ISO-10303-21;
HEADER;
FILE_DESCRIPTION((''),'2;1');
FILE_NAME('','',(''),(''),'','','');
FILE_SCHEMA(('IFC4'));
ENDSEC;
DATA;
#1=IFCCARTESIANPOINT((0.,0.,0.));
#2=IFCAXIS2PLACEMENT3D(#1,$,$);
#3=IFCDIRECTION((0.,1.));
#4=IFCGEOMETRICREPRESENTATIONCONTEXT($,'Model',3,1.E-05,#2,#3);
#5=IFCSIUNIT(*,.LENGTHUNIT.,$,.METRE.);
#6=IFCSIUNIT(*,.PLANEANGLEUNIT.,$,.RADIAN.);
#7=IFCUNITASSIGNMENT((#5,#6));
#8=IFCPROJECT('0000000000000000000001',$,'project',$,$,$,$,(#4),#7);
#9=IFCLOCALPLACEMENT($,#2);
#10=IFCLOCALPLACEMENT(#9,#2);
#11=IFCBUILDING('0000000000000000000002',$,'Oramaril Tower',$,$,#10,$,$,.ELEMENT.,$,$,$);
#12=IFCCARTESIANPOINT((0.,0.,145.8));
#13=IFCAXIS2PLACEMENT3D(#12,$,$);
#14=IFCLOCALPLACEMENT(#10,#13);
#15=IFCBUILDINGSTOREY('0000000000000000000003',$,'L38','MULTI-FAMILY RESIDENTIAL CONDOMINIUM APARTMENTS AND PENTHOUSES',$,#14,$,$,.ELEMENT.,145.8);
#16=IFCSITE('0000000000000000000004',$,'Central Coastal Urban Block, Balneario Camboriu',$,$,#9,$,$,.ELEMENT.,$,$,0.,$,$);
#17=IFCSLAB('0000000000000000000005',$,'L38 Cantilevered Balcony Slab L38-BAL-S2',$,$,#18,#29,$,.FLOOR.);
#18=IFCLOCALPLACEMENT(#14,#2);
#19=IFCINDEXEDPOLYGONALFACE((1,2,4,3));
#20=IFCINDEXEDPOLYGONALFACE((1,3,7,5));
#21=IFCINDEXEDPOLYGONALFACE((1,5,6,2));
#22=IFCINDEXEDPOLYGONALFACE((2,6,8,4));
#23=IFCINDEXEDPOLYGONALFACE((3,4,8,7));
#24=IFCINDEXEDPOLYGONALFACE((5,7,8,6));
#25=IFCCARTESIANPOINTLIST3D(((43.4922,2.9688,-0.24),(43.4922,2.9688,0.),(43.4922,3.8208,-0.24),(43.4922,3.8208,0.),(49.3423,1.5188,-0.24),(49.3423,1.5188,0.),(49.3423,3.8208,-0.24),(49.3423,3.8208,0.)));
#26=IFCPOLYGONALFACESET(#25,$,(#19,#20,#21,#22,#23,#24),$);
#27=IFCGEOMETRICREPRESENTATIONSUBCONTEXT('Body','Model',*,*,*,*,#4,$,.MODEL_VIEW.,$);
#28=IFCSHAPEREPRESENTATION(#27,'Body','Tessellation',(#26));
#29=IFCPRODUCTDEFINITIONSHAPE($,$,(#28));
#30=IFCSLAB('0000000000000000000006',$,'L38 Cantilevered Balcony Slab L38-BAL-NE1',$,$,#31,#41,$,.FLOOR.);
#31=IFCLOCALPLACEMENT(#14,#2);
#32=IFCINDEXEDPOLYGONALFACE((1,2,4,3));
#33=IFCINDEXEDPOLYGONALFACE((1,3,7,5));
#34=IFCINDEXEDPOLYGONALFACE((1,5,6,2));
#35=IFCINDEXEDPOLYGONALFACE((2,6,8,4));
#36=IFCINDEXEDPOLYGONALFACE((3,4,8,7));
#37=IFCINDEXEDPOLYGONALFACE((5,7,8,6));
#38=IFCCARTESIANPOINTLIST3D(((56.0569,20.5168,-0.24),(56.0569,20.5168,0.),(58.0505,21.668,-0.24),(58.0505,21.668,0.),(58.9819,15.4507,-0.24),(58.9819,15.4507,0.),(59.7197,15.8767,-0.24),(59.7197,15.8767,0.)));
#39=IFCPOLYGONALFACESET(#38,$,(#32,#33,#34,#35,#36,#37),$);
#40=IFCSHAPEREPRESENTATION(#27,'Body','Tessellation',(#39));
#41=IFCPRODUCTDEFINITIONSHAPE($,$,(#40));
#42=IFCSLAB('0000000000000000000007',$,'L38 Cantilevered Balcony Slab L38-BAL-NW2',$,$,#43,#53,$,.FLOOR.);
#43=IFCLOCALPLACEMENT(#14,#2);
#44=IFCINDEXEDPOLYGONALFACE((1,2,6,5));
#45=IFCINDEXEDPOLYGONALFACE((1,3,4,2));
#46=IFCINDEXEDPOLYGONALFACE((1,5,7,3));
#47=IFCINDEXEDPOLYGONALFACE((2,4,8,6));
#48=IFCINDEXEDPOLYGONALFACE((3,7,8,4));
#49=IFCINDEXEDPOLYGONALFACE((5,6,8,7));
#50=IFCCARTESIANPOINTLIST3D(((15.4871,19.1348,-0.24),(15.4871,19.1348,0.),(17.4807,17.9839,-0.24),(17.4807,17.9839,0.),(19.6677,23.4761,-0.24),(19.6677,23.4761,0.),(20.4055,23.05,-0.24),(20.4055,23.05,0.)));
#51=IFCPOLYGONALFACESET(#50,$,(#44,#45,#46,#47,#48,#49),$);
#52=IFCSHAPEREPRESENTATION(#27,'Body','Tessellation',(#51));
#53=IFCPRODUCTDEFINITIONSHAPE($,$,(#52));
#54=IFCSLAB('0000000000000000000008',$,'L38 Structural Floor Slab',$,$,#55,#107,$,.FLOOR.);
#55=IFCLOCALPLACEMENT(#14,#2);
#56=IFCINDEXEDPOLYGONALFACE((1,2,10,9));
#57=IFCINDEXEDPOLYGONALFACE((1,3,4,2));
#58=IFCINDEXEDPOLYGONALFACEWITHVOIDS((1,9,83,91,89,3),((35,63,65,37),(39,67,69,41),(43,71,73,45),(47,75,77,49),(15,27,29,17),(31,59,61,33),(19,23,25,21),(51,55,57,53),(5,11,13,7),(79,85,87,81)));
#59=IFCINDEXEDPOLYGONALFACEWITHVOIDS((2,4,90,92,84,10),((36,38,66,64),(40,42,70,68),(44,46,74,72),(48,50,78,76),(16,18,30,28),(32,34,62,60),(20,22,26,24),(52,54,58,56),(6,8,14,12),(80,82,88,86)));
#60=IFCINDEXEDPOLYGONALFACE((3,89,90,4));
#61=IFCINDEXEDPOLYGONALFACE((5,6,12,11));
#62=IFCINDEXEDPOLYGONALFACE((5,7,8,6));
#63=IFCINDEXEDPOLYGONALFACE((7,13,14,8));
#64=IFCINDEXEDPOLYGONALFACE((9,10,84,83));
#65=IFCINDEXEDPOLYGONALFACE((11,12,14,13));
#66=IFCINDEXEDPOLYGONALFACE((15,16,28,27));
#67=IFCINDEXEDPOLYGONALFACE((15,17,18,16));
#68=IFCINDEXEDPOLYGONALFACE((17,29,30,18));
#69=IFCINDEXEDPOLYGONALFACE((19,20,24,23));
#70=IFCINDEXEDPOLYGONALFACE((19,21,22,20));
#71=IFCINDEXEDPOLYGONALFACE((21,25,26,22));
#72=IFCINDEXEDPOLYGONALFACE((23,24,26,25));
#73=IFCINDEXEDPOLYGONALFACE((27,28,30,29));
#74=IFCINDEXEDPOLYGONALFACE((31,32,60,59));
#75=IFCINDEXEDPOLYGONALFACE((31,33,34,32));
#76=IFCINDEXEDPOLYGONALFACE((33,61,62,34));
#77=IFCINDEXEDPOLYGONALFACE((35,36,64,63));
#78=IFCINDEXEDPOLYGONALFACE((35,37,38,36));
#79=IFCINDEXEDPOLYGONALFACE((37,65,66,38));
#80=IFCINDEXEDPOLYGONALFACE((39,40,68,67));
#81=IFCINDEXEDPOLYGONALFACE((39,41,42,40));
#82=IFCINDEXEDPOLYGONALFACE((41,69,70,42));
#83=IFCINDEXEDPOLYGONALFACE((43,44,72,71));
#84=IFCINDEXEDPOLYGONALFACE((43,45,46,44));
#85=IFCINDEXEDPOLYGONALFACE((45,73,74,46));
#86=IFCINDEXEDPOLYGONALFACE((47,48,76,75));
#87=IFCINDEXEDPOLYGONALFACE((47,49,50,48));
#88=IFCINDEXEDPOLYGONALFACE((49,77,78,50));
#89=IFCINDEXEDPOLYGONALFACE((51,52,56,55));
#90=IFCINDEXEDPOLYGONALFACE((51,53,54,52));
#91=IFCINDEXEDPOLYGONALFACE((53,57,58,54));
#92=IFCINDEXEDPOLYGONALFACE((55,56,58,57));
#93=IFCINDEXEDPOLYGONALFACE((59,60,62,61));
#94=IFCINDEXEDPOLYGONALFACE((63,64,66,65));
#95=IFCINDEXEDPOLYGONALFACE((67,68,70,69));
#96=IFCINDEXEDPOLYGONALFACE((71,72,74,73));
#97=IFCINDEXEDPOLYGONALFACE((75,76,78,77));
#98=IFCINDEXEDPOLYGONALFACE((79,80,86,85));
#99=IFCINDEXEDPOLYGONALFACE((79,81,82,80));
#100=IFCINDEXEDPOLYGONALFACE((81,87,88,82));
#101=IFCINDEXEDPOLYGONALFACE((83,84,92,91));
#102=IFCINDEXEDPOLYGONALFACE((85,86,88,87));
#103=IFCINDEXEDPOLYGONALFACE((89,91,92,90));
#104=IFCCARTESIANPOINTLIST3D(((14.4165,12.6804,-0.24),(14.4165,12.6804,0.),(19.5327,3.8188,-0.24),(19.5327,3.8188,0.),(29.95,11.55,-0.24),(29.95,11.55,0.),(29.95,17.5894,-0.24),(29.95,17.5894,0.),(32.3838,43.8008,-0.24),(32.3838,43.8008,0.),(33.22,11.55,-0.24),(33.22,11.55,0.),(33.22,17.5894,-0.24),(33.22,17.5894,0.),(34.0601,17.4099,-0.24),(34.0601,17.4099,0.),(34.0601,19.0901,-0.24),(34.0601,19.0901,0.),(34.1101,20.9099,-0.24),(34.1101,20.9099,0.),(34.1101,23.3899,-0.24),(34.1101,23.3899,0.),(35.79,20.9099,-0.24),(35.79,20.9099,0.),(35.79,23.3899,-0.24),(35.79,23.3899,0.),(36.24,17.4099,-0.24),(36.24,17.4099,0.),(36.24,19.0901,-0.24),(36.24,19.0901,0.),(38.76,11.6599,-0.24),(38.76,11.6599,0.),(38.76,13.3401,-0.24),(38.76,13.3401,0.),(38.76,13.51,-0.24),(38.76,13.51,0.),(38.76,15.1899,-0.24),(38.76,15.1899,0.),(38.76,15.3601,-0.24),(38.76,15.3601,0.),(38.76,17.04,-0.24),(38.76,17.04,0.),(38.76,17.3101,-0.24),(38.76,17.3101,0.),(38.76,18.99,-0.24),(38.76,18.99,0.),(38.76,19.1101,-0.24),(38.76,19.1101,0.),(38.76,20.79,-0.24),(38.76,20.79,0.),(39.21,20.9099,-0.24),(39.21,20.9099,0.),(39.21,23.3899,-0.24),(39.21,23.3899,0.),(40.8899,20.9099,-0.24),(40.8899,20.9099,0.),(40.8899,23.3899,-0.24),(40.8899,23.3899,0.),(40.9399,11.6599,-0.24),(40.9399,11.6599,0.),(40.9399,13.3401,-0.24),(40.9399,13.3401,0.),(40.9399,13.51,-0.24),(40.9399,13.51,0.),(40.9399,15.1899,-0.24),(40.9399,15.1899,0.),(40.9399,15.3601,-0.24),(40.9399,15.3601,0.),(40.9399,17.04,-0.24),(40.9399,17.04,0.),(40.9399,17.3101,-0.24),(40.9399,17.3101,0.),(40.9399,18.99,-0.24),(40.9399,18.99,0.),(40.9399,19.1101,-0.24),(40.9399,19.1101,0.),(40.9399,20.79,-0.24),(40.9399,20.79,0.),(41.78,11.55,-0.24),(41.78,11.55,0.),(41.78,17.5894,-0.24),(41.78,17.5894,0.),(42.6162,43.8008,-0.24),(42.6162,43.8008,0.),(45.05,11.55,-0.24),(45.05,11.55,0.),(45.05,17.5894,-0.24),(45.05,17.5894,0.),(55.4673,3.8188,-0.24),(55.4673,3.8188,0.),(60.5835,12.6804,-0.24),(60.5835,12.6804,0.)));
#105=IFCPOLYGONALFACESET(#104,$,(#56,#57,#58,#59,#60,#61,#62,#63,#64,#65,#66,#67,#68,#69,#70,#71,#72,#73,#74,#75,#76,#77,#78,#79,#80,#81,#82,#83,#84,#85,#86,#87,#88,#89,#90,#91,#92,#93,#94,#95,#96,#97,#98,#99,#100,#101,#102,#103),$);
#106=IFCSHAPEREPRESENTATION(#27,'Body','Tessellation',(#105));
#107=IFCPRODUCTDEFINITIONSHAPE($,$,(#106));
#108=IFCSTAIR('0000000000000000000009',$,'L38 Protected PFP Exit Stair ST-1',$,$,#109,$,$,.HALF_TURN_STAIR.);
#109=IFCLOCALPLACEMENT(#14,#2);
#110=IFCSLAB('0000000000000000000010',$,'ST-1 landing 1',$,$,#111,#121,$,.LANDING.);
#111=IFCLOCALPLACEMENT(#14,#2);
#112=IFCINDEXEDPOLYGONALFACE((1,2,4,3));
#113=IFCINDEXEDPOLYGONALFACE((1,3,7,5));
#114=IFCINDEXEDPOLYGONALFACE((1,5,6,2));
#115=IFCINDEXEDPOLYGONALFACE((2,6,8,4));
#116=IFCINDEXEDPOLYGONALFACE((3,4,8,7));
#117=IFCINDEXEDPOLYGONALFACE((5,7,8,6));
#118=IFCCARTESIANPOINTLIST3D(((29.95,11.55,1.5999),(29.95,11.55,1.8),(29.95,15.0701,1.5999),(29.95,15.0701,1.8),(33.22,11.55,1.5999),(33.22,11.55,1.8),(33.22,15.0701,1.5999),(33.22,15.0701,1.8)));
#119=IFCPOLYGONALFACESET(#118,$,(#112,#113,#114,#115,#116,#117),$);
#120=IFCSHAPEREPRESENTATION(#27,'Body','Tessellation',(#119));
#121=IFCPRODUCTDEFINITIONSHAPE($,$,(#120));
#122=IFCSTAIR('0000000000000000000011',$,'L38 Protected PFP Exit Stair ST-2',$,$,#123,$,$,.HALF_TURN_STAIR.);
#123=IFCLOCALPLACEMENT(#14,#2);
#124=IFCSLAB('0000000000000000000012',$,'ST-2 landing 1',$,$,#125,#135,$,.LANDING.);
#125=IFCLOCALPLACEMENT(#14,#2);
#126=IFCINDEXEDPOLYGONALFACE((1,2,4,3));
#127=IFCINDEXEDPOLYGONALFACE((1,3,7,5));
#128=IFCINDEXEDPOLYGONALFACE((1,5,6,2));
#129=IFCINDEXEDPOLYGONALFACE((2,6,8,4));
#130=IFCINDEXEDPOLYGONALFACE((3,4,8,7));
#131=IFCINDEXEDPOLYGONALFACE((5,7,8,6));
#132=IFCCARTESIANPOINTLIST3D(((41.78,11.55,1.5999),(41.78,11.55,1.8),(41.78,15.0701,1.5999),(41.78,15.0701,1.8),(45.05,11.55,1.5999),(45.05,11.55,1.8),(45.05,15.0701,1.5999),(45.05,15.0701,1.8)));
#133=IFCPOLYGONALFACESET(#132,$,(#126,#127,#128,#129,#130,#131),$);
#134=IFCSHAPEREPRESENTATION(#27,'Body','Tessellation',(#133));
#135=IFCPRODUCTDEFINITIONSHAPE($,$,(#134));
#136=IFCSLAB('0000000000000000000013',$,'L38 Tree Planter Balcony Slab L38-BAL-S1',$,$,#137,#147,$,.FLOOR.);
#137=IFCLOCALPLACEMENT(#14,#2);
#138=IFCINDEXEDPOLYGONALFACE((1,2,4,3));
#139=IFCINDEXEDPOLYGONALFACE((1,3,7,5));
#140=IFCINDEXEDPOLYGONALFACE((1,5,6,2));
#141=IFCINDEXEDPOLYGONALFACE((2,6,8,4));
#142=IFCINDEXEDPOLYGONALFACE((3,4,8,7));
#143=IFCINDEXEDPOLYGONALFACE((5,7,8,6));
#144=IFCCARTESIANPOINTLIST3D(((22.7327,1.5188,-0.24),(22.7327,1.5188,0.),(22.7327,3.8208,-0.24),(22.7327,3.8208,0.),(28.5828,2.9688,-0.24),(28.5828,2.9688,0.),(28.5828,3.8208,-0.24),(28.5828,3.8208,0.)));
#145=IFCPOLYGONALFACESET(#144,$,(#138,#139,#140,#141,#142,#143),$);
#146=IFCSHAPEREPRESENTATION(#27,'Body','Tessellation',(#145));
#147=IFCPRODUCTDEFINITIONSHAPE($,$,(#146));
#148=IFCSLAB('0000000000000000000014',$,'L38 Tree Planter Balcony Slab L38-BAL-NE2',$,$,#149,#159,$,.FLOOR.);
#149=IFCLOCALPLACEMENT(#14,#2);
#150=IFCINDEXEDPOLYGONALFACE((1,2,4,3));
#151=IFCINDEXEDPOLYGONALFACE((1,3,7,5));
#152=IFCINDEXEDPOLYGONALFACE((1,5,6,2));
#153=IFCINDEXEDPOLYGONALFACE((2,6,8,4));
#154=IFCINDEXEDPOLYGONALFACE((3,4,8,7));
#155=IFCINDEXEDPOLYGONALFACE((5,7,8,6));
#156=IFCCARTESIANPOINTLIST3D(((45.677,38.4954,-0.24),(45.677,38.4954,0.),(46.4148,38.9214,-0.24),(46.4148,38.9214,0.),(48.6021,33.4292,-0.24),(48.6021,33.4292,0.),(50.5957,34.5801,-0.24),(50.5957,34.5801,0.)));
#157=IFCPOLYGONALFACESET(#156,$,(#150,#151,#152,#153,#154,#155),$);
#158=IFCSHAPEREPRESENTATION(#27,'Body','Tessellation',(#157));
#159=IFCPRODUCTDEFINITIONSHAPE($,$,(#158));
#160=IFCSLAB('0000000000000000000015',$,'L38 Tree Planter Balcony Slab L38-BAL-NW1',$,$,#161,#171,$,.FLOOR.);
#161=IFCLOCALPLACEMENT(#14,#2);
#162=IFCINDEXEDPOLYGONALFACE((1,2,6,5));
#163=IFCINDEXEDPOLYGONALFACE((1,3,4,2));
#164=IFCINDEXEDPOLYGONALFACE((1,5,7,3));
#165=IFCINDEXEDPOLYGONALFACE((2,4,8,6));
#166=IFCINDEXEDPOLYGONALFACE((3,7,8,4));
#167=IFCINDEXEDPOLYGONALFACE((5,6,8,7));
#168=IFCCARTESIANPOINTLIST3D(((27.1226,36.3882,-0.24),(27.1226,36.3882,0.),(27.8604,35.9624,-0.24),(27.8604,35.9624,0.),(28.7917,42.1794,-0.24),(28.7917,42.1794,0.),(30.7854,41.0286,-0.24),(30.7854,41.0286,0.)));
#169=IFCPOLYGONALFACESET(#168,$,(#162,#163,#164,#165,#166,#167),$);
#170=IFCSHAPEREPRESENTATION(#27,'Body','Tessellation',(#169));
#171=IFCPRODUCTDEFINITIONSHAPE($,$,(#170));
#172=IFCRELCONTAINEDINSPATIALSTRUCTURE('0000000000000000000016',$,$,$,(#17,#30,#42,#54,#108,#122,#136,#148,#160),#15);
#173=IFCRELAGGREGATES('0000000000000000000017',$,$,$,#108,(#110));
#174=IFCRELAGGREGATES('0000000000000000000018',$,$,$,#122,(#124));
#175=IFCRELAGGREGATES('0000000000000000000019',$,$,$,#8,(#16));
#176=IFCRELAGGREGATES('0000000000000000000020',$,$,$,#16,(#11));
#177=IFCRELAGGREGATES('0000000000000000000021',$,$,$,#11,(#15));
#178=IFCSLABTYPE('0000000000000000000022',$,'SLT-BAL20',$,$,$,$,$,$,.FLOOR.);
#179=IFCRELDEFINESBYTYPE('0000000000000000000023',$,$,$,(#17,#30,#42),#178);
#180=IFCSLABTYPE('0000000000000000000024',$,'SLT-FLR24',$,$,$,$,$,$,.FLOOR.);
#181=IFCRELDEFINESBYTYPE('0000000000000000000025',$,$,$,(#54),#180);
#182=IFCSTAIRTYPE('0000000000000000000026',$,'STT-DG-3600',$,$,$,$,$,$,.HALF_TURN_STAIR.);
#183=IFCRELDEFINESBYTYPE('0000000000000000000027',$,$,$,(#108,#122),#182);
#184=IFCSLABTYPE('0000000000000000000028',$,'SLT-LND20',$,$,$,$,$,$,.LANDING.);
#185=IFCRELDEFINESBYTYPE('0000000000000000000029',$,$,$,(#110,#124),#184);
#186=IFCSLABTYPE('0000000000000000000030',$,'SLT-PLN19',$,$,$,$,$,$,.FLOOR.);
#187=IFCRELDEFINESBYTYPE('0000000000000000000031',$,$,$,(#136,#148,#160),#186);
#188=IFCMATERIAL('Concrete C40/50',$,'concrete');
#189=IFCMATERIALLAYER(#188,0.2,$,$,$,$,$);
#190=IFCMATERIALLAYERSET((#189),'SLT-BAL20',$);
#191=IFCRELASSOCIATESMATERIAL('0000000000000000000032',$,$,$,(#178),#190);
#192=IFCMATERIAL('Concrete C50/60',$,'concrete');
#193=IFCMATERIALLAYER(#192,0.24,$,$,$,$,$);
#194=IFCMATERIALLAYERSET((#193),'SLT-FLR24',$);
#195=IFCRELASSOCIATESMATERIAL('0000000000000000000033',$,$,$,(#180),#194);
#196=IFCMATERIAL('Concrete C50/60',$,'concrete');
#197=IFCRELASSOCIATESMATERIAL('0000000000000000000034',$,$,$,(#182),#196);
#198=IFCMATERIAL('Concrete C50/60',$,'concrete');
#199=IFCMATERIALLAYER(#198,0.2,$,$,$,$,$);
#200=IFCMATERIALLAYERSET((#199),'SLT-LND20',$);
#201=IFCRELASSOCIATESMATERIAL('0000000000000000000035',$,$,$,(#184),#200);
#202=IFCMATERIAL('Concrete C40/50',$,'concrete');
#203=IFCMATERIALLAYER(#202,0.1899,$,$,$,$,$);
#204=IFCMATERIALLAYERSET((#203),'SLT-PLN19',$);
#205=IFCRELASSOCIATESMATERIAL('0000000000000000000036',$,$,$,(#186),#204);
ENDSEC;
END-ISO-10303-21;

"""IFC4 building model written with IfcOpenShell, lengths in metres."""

from ifc_helpers import new_model, si_unit, direction, frame, origin, place, context, subcontext, project, spatial, polyline, outline, extrude, material, layer, layer_set, type_object, element, aggregate, save


model = new_model("IFC4")

# Units and contexts
model_context = context("Model", 3, precision=1e-05, world=origin(), true_north=direction((0.0, 1.0)))
body_context = subcontext(model_context, "Body", "Model", "MODEL_VIEW")
ifc_project = project(units=[si_unit("LENGTHUNIT", "METRE"), si_unit("PLANEANGLEUNIT", "RADIAN")], contexts=[model_context])

# Site, building, storey
site_placement = place(None, origin())
site = spatial("IfcSite", under=ifc_project, at=site_placement, Name="Central Coastal Urban Block, Balneario Camboriu", CompositionType="ELEMENT", RefElevation=0.0)
building_placement = place(site_placement, origin())
building = spatial("IfcBuilding", under=site, at=building_placement, Name="Oramaril Tower", CompositionType="ELEMENT")
storey_placement = place(building_placement, frame((0.0, 0.0, 145.8)))
storey = spatial("IfcBuildingStorey", under=building, at=storey_placement, Name="L38", Description="MULTI-FAMILY RESIDENTIAL CONDOMINIUM APARTMENTS AND PENTHOUSES", CompositionType="ELEMENT", Elevation=145.8)

# Slabs
ifc_material_1 = material(Name="Concrete C40/50", Category="concrete")
ifc_layer_1 = layer(ifc_material_1, 0.2)
ifc_layer_set_1 = layer_set([ifc_layer_1], Name="SLT-BAL20")
slab_type_1 = type_object("IfcSlabType", Name="SLT-BAL20", PredefinedType="FLOOR", material=ifc_layer_set_1)
slab_1_placement = place(storey_placement, frame((0.0, 0.0, -0.24)))
element("IfcSlab", 1, at=slab_1_placement, inside=storey, type_object=slab_type_1, Name="L38 Cantilevered Balcony Slab L38-BAL-S2", PredefinedType="FLOOR", context=body_context, shape_type="SweptSolid", body=[
    extrude(outline(polyline([(43.4922, 3.8208), (49.3423, 3.8208), (49.3423, 1.5188), (43.4922, 2.9688), (43.4922, 3.8208)])), origin(), (0.0, 0.0, 1.0), 0.24),
])
slab_2_placement = place(storey_placement, frame((0.0, 0.0, -0.24)))
element("IfcSlab", 2, at=slab_2_placement, inside=storey, type_object=slab_type_1, Name="L38 Cantilevered Balcony Slab L38-BAL-NE1", PredefinedType="FLOOR", context=body_context, shape_type="SweptSolid", body=[
    extrude(outline(polyline([(58.9819, 15.4507), (56.0569, 20.5168), (58.0505, 21.668), (59.7197, 15.8767), (58.9819, 15.4507)])), origin(), (0.0, 0.0, 1.0), 0.24),
])
slab_3_placement = place(storey_placement, frame((0.0, 0.0, -0.24)))
element("IfcSlab", 3, at=slab_3_placement, inside=storey, type_object=slab_type_1, Name="L38 Cantilevered Balcony Slab L38-BAL-NW2", PredefinedType="FLOOR", context=body_context, shape_type="SweptSolid", body=[
    extrude(outline(polyline([(20.4055, 23.05), (17.4807, 17.9839), (15.4871, 19.1348), (19.6677, 23.4761), (20.4055, 23.05)])), origin(), (0.0, 0.0, 1.0), 0.24),
])
ifc_material_2 = material(Name="Concrete C50/60", Category="concrete")
ifc_layer_2 = layer(ifc_material_2, 0.24)
ifc_layer_set_2 = layer_set([ifc_layer_2], Name="SLT-FLR24")
slab_type_2 = type_object("IfcSlabType", Name="SLT-FLR24", PredefinedType="FLOOR", material=ifc_layer_set_2)
slab_4_placement = place(storey_placement, frame((0.0, 0.0, -0.24)))
element("IfcSlab", 4, at=slab_4_placement, inside=storey, type_object=slab_type_2, Name="L38 Structural Floor Slab", PredefinedType="FLOOR", context=body_context, shape_type="SweptSolid", body=[
    extrude(outline(polyline([(14.4165, 12.6804), (19.5327, 3.8188), (55.4673, 3.8188), (60.5835, 12.6804), (42.6162, 43.8008), (32.3838, 43.8008), (14.4165, 12.6804)]), holes=[polyline([(29.95, 17.5894), (29.95, 11.55), (33.22, 11.55), (33.22, 17.5894), (29.95, 17.5894)]), polyline([(41.78, 17.5894), (41.78, 11.55), (45.05, 11.55), (45.05, 17.5894), (41.78, 17.5894)]), polyline([(34.1101, 20.9099), (35.79, 20.9099), (35.79, 23.3899), (34.1101, 23.3899), (34.1101, 20.9099)]), polyline([(39.21, 20.9099), (40.8899, 20.9099), (40.8899, 23.3899), (39.21, 23.3899), (39.21, 20.9099)]), polyline([(38.76, 11.6599), (40.9399, 11.6599), (40.9399, 13.3401), (38.76, 13.3401), (38.76, 11.6599)]), polyline([(38.76, 13.51), (40.9399, 13.51), (40.9399, 15.1899), (38.76, 15.1899), (38.76, 13.51)]), polyline([(38.76, 15.3601), (40.9399, 15.3601), (40.9399, 17.04), (38.76, 17.04), (38.76, 15.3601)]), polyline([(34.0601, 17.4099), (36.24, 17.4099), (36.24, 19.0901), (34.0601, 19.0901), (34.0601, 17.4099)]), polyline([(38.76, 17.3101), (40.9399, 17.3101), (40.9399, 18.99), (38.76, 18.99), (38.76, 17.3101)]), polyline([(38.76, 19.1101), (40.9399, 19.1101), (40.9399, 20.79), (38.76, 20.79), (38.76, 19.1101)])]), origin(), (0.0, 0.0, 1.0), 0.24),
])

# Stairs, slabs
ifc_material_3 = material(Name="Concrete C50/60", Category="concrete")
stair_type = type_object("IfcStairType", Name="STT-DG-3600", PredefinedType="HALF_TURN_STAIR", material=ifc_material_3)
stair_1_placement = place(storey_placement, origin())
stair_1 = element("IfcStair", 5, at=stair_1_placement, inside=storey, type_object=stair_type, Name="L38 Protected PFP Exit Stair ST-1", PredefinedType="HALF_TURN_STAIR")
ifc_material_4 = material(Name="Concrete C50/60", Category="concrete")
ifc_layer_3 = layer(ifc_material_4, 0.2)
ifc_layer_set_3 = layer_set([ifc_layer_3], Name="SLT-LND20")
slab_type_3 = type_object("IfcSlabType", Name="SLT-LND20", PredefinedType="LANDING", material=ifc_layer_set_3)
slab_5_placement = place(storey_placement, frame((0.0, 0.0, 1.5999)))
slab_5 = element("IfcSlab", 6, at=slab_5_placement, type_object=slab_type_3, Name="ST-1 landing 1", PredefinedType="LANDING", context=body_context, shape_type="SweptSolid", body=[
    extrude(outline(polyline([(29.95, 15.0701), (29.95, 11.55), (33.22, 11.55), (33.22, 15.0701), (29.95, 15.0701)])), origin(), (0.0, 0.0, 1.0), 0.2002),
])
aggregate(stair_1, [slab_5])
stair_2_placement = place(storey_placement, origin())
stair_2 = element("IfcStair", 7, at=stair_2_placement, inside=storey, type_object=stair_type, Name="L38 Protected PFP Exit Stair ST-2", PredefinedType="HALF_TURN_STAIR")
slab_6_placement = place(storey_placement, frame((0.0, 0.0, 1.5999)))
slab_6 = element("IfcSlab", 8, at=slab_6_placement, type_object=slab_type_3, Name="ST-2 landing 1", PredefinedType="LANDING", context=body_context, shape_type="SweptSolid", body=[
    extrude(outline(polyline([(41.78, 15.0701), (41.78, 11.55), (45.05, 11.55), (45.05, 15.0701), (41.78, 15.0701)])), origin(), (0.0, 0.0, 1.0), 0.2002),
])
aggregate(stair_2, [slab_6])

# Slabs
ifc_material_5 = material(Name="Concrete C40/50", Category="concrete")
ifc_layer_4 = layer(ifc_material_5, 0.1899)
ifc_layer_set_4 = layer_set([ifc_layer_4], Name="SLT-PLN19")
slab_type_4 = type_object("IfcSlabType", Name="SLT-PLN19", PredefinedType="FLOOR", material=ifc_layer_set_4)
slab_7_placement = place(storey_placement, frame((0.0, 0.0, -0.24)))
element("IfcSlab", 9, at=slab_7_placement, inside=storey, type_object=slab_type_4, Name="L38 Tree Planter Balcony Slab L38-BAL-S1", PredefinedType="FLOOR", context=body_context, shape_type="SweptSolid", body=[
    extrude(outline(polyline([(22.7327, 3.8208), (28.5828, 3.8208), (28.5828, 2.9688), (22.7327, 1.5188), (22.7327, 3.8208)])), origin(), (0.0, 0.0, 1.0), 0.24),
])
slab_8_placement = place(storey_placement, frame((0.0, 0.0, -0.24)))
element("IfcSlab", 10, at=slab_8_placement, inside=storey, type_object=slab_type_4, Name="L38 Tree Planter Balcony Slab L38-BAL-NE2", PredefinedType="FLOOR", context=body_context, shape_type="SweptSolid", body=[
    extrude(outline(polyline([(48.6021, 33.4292), (45.677, 38.4954), (46.4148, 38.9214), (50.5957, 34.5801), (48.6021, 33.4292)])), origin(), (0.0, 0.0, 1.0), 0.24),
])
slab_9_placement = place(storey_placement, frame((0.0, 0.0, -0.24)))
element("IfcSlab", 11, at=slab_9_placement, inside=storey, type_object=slab_type_4, Name="L38 Tree Planter Balcony Slab L38-BAL-NW1", PredefinedType="FLOOR", context=body_context, shape_type="SweptSolid", body=[
    extrude(outline(polyline([(30.7854, 41.0286), (27.8604, 35.9624), (27.1226, 36.3882), (28.7917, 42.1794), (30.7854, 41.0286)])), origin(), (0.0, 0.0, 1.0), 0.24),
])

save(model, "model.ifc")
